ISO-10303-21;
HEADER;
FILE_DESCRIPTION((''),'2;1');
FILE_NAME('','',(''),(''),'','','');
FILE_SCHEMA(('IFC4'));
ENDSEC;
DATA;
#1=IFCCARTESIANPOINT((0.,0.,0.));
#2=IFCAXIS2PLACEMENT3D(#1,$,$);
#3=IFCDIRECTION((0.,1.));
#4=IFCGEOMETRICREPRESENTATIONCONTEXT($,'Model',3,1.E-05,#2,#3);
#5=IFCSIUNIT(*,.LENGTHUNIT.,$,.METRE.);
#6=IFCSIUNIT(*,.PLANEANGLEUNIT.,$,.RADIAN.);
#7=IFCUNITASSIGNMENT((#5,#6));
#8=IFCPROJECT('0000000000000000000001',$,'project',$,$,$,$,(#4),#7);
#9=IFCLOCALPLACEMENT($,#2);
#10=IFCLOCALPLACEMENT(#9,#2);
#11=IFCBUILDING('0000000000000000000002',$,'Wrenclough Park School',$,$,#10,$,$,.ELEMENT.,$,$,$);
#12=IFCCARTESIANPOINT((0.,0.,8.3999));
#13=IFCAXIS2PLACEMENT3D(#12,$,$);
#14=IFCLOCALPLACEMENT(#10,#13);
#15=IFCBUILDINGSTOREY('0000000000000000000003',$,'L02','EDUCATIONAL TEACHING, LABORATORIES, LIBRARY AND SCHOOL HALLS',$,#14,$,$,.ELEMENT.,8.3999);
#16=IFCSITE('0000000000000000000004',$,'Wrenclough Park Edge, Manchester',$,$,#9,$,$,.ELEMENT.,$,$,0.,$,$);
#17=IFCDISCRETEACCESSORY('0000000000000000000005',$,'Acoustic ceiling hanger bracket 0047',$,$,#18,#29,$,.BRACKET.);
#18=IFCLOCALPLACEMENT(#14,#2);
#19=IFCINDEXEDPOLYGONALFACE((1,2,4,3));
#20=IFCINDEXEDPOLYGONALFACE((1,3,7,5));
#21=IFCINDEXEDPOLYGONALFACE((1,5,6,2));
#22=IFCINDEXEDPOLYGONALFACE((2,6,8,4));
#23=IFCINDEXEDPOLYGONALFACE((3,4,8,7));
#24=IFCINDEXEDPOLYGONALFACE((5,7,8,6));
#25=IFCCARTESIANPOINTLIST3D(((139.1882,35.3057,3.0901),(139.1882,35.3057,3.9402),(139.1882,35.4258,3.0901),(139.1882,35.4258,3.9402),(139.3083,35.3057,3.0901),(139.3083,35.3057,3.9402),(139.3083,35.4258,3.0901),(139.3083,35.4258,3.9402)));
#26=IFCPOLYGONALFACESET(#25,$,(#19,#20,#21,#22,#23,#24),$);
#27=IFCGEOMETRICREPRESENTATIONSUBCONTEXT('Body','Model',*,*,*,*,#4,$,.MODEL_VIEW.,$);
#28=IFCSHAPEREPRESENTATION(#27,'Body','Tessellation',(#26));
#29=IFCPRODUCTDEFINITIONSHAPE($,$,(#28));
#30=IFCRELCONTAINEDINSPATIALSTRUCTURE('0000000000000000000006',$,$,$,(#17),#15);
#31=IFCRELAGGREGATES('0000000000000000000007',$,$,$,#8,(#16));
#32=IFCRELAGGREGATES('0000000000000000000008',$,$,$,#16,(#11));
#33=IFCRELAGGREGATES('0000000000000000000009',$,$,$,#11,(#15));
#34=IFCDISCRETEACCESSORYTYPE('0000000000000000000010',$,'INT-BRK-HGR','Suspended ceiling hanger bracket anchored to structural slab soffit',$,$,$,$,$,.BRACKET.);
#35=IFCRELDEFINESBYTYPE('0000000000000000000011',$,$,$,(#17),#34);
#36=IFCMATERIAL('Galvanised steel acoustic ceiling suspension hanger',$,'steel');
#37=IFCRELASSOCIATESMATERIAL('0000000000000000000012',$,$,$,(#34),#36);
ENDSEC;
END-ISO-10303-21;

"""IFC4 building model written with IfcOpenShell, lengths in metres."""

from ifc_helpers import new_model, si_unit, direction, frame, origin, origin_2d, place, context, subcontext, project, spatial, rectangle, extrude, material, type_object, element, save


model = new_model("IFC4")

# Units and contexts
model_context = context("Model", 3, precision=1e-05, world=origin(), true_north=direction((0.0, 1.0)))
body_context = subcontext(model_context, "Body", "Model", "MODEL_VIEW")
ifc_project = project(units=[si_unit("LENGTHUNIT", "METRE"), si_unit("PLANEANGLEUNIT", "RADIAN")], contexts=[model_context])

# Site, building, storey
site_placement = place(None, origin())
site = spatial("IfcSite", under=ifc_project, at=site_placement, Name="Wrenclough Park Edge, Manchester", CompositionType="ELEMENT", RefElevation=0.0)
building_placement = place(site_placement, origin())
building = spatial("IfcBuilding", under=site, at=building_placement, Name="Wrenclough Park School", CompositionType="ELEMENT")
storey_placement = place(building_placement, frame((0.0, 0.0, 8.3999)))
storey = spatial("IfcBuildingStorey", under=building, at=storey_placement, Name="L02", Description="EDUCATIONAL TEACHING, LABORATORIES, LIBRARY AND SCHOOL HALLS", CompositionType="ELEMENT", Elevation=8.3999)

# Discrete accessory
ifc_material_1 = material(Name="Galvanised steel acoustic ceiling suspension hanger", Category="steel")
discrete_accessory_type_1 = type_object("IfcDiscreteAccessoryType", Name="INT-BRK-HGR", Description="Suspended ceiling hanger bracket anchored to structural slab soffit", PredefinedType="BRACKET", material=ifc_material_1)
discrete_accessory_placement = place(storey_placement, frame((139.2483, 35.3657, 3.0901), z_axis=(0.0, 0.0, 1.0), x_axis=(1.0, 0.0, 0.0)))
element("IfcDiscreteAccessory", 1, at=discrete_accessory_placement, inside=storey, type_object=discrete_accessory_type_1, Name="Acoustic ceiling hanger bracket 0047", PredefinedType="BRACKET", context=body_context, shape_type="SweptSolid", body=[
    extrude(rectangle(XDim=0.1201, YDim=0.1201, at=origin_2d()), origin(), (0.0, 0.0, 1.0), 0.8501),
])

save(model, "model.ifc")
